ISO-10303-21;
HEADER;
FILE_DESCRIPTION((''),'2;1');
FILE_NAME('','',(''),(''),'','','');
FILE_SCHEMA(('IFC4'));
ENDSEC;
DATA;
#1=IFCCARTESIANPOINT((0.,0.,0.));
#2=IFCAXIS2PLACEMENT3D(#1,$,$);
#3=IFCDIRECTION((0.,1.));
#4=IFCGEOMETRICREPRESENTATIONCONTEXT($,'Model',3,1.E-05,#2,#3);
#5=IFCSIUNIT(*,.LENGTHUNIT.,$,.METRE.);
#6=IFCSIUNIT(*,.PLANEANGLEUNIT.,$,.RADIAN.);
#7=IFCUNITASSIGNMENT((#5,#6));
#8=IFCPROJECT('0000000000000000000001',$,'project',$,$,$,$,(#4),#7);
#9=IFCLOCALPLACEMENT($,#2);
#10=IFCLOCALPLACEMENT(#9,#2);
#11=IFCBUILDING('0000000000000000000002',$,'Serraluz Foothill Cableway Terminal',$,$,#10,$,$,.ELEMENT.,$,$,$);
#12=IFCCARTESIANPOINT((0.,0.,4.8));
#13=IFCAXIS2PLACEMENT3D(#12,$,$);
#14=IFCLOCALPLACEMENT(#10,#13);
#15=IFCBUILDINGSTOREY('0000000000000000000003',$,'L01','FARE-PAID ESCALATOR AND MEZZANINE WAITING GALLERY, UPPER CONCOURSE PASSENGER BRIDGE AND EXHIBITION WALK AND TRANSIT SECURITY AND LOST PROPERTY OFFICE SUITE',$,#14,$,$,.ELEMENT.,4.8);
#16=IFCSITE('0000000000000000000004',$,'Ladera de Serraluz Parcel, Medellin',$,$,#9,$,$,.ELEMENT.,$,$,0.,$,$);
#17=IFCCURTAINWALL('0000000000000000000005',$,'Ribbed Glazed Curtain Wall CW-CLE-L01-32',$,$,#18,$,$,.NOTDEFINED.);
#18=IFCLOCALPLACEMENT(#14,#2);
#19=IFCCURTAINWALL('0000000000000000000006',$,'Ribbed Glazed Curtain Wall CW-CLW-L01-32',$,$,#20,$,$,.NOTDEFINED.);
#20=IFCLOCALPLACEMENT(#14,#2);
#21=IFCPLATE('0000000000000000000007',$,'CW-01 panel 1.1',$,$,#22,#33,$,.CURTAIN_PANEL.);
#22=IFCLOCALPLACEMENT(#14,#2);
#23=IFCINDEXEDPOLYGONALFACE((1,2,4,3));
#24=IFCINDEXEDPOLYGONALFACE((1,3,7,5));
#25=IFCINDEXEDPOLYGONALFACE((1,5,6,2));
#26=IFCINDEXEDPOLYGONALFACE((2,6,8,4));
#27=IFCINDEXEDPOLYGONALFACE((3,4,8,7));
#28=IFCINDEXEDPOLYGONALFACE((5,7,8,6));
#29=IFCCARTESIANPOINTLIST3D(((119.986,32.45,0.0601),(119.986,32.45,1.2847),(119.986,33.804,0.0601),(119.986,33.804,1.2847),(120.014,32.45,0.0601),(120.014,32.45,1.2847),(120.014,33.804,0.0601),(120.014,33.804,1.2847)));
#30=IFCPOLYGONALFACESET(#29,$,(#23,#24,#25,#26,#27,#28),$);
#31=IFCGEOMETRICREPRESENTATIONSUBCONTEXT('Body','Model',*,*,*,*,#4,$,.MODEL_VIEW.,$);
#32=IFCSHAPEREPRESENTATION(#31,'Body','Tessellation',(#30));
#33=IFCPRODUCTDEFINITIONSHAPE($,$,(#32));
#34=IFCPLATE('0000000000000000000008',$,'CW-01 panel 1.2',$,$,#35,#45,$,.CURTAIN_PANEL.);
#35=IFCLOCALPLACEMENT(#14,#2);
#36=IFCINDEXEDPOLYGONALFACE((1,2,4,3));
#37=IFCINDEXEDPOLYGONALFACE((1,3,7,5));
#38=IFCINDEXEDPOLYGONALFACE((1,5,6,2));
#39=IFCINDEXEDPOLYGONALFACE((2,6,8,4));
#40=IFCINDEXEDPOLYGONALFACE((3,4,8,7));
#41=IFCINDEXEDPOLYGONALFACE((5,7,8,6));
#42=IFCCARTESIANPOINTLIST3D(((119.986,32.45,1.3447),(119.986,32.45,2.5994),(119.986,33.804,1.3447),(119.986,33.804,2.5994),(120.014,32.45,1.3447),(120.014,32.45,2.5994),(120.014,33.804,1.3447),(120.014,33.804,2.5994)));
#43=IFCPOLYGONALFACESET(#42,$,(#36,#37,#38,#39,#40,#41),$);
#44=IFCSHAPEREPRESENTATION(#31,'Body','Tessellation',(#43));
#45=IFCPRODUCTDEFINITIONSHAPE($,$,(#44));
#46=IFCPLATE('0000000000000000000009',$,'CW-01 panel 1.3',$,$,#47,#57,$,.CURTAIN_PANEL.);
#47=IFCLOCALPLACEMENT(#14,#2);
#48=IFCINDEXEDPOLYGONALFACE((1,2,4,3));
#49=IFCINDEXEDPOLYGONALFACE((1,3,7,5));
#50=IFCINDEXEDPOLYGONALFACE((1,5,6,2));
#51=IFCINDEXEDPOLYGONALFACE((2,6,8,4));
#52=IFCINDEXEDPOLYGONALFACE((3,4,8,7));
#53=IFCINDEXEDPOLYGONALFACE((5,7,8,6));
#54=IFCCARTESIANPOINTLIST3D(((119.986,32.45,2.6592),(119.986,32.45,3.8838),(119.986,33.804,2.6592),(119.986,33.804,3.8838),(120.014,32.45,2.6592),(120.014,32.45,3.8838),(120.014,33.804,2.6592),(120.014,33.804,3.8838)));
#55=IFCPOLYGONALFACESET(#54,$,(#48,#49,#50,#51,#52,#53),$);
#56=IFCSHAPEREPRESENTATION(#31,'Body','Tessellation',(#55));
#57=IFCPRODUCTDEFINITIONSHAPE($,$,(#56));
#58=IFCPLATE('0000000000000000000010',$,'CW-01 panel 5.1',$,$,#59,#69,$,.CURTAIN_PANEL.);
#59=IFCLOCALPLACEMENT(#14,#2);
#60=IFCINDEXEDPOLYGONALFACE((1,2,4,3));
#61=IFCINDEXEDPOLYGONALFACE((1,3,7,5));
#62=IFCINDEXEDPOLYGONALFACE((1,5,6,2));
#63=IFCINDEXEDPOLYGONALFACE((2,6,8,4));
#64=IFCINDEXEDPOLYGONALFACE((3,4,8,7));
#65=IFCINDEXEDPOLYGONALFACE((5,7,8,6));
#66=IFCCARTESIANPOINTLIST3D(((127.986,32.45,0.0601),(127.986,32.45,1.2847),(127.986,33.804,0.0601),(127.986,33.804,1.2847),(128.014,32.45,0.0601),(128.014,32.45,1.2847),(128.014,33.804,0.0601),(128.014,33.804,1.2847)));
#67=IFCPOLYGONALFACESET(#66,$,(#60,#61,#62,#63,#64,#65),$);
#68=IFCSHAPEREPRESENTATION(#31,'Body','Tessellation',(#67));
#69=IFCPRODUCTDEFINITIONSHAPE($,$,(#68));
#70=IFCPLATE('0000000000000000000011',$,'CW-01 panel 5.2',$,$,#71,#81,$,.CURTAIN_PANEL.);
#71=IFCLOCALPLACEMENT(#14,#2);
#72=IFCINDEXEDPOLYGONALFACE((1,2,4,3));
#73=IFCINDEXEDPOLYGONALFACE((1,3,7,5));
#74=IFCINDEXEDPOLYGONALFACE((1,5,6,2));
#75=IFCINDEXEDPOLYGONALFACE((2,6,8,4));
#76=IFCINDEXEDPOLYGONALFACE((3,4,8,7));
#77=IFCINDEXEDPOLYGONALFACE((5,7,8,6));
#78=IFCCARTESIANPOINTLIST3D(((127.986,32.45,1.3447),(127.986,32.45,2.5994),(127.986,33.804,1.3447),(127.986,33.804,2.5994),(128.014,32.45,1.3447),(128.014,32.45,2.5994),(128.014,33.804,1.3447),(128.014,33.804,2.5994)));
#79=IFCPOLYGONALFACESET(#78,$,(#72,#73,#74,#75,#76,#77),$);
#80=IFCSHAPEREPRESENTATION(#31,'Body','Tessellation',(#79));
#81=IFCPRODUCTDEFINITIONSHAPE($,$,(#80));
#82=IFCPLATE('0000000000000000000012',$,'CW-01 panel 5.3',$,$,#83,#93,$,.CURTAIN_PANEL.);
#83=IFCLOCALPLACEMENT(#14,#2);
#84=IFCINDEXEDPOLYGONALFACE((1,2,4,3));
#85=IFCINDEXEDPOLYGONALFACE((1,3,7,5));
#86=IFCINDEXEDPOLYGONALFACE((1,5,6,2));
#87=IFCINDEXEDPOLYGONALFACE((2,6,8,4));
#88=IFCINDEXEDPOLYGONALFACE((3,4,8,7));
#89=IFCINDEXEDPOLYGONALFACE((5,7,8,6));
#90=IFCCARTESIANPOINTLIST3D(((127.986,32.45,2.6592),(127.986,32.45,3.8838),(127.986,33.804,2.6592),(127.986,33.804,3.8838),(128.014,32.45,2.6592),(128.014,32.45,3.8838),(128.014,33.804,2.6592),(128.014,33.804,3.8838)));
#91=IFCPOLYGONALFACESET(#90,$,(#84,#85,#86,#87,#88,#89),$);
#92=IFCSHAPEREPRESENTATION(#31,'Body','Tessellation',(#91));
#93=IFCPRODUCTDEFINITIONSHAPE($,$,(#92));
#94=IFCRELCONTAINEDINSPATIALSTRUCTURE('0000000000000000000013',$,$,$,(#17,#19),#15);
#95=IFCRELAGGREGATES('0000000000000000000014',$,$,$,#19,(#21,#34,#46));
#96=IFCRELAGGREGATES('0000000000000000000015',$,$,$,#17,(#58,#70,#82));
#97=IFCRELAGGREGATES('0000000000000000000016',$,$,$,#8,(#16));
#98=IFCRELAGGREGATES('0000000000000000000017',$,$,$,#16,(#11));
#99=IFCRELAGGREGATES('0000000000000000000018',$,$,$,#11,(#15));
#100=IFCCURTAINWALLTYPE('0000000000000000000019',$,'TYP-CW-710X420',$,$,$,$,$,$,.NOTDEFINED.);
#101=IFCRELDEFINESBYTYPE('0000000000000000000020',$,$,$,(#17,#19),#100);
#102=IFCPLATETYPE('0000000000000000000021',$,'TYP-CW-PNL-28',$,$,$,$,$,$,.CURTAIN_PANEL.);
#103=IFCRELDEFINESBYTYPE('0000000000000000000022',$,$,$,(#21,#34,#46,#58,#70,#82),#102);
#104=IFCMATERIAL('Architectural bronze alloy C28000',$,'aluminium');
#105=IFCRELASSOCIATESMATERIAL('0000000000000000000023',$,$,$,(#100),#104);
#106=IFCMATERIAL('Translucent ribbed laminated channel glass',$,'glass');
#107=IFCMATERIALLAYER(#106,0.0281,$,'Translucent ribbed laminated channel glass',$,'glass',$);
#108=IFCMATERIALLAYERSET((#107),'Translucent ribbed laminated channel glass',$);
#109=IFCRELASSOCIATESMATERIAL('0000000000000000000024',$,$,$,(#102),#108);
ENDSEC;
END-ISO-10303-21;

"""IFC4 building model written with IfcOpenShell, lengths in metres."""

from ifc_helpers import new_model, si_unit, direction, frame, origin, origin_2d, place, context, subcontext, project, spatial, rectangle, extrude, material, layer, layer_set, type_object, element, aggregate, save


model = new_model("IFC4")

# Units and contexts
model_context = context("Model", 3, precision=1e-05, world=origin(), true_north=direction((0.0, 1.0)))
body_context = subcontext(model_context, "Body", "Model", "MODEL_VIEW")
ifc_project = project(units=[si_unit("LENGTHUNIT", "METRE"), si_unit("PLANEANGLEUNIT", "RADIAN")], contexts=[model_context])

# Site, building, storey
site_placement = place(None, origin())
site = spatial("IfcSite", under=ifc_project, at=site_placement, Name="Ladera de Serraluz Parcel, Medellin", CompositionType="ELEMENT", RefElevation=0.0)
building_placement = place(site_placement, origin())
building = spatial("IfcBuilding", under=site, at=building_placement, Name="Serraluz Foothill Cableway Terminal", CompositionType="ELEMENT")
storey_placement = place(building_placement, frame((0.0, 0.0, 4.8)))
storey = spatial("IfcBuildingStorey", under=building, at=storey_placement, Name="L01", Description="FARE-PAID ESCALATOR AND MEZZANINE WAITING GALLERY, UPPER CONCOURSE PASSENGER BRIDGE AND EXHIBITION WALK AND TRANSIT SECURITY AND LOST PROPERTY OFFICE SUITE", CompositionType="ELEMENT", Elevation=4.8)

# Shared definitions
ifc_material_1 = material(Name="Architectural bronze alloy C28000", Category="aluminium")
curtain_wall_type = type_object("IfcCurtainWallType", Name="TYP-CW-710X420", PredefinedType="NOTDEFINED", material=ifc_material_1)

# Curtain wall
curtain_wall_1_placement = place(storey_placement, origin())
curtain_wall_1 = element("IfcCurtainWall", 1, at=curtain_wall_1_placement, inside=storey, type_object=curtain_wall_type, Name="Ribbed Glazed Curtain Wall CW-CLE-L01-32", PredefinedType="NOTDEFINED")

# Curtain wall
curtain_wall_2_placement = place(storey_placement, origin())
curtain_wall_2 = element("IfcCurtainWall", 2, at=curtain_wall_2_placement, inside=storey, type_object=curtain_wall_type, Name="Ribbed Glazed Curtain Wall CW-CLW-L01-32", PredefinedType="NOTDEFINED")

# Plates
ifc_material_2 = material(Name="Translucent ribbed laminated channel glass", Category="glass")
ifc_layer = layer(ifc_material_2, 0.0281, Name="Translucent ribbed laminated channel glass", Category="glass")
ifc_layer_set = layer_set([ifc_layer], Name="Translucent ribbed laminated channel glass")
plate_type = type_object("IfcPlateType", Name="TYP-CW-PNL-28", PredefinedType="CURTAIN_PANEL", material=ifc_layer_set)
plate_1_placement = place(storey_placement, frame((120.0, 33.127, 0.0601), z_axis=(0.0, 0.0, 1.0), x_axis=(0.0, 1.0, 0.0)))
plate_1 = element("IfcPlate", 3, at=plate_1_placement, type_object=plate_type, Name="CW-01 panel 1.1", PredefinedType="CURTAIN_PANEL", context=body_context, shape_type="SweptSolid", body=[
    extrude(rectangle(XDim=1.354, YDim=0.0281, at=origin_2d()), origin(), (0.0, 0.0, 1.0), 1.2246),
])
plate_2_placement = place(storey_placement, frame((120.0, 33.127, 1.3447), z_axis=(0.0, 0.0, 1.0), x_axis=(0.0, 1.0, 0.0)))
plate_2 = element("IfcPlate", 4, at=plate_2_placement, type_object=plate_type, Name="CW-01 panel 1.2", PredefinedType="CURTAIN_PANEL", context=body_context, shape_type="SweptSolid", body=[
    extrude(rectangle(XDim=1.354, YDim=0.0281, at=origin_2d()), origin(), (0.0, 0.0, 1.0), 1.2546),
])
plate_3_placement = place(storey_placement, frame((120.0, 33.127, 2.6592), z_axis=(0.0, 0.0, 1.0), x_axis=(0.0, 1.0, 0.0)))
plate_3 = element("IfcPlate", 5, at=plate_3_placement, type_object=plate_type, Name="CW-01 panel 1.3", PredefinedType="CURTAIN_PANEL", context=body_context, shape_type="SweptSolid", body=[
    extrude(rectangle(XDim=1.354, YDim=0.0281, at=origin_2d()), origin(), (0.0, 0.0, 1.0), 1.2246),
])
aggregate(curtain_wall_2, [plate_1, plate_2, plate_3])
plate_4_placement = place(storey_placement, frame((128.0, 33.127, 0.0601), z_axis=(0.0, 0.0, 1.0), x_axis=(0.0, -1.0, 0.0)))
plate_4 = element("IfcPlate", 6, at=plate_4_placement, type_object=plate_type, Name="CW-01 panel 5.1", PredefinedType="CURTAIN_PANEL", context=body_context, shape_type="SweptSolid", body=[
    extrude(rectangle(XDim=1.354, YDim=0.0281, at=origin_2d()), origin(), (0.0, 0.0, 1.0), 1.2246),
])
plate_5_placement = place(storey_placement, frame((128.0, 33.127, 1.3447), z_axis=(0.0, 0.0, 1.0), x_axis=(0.0, -1.0, 0.0)))
plate_5 = element("IfcPlate", 7, at=plate_5_placement, type_object=plate_type, Name="CW-01 panel 5.2", PredefinedType="CURTAIN_PANEL", context=body_context, shape_type="SweptSolid", body=[
    extrude(rectangle(XDim=1.354, YDim=0.0281, at=origin_2d()), origin(), (0.0, 0.0, 1.0), 1.2546),
])
plate_6_placement = place(storey_placement, frame((128.0, 33.127, 2.6592), z_axis=(0.0, 0.0, 1.0), x_axis=(0.0, -1.0, 0.0)))
plate_6 = element("IfcPlate", 8, at=plate_6_placement, type_object=plate_type, Name="CW-01 panel 5.3", PredefinedType="CURTAIN_PANEL", context=body_context, shape_type="SweptSolid", body=[
    extrude(rectangle(XDim=1.354, YDim=0.0281, at=origin_2d()), origin(), (0.0, 0.0, 1.0), 1.2246),
])
aggregate(curtain_wall_1, [plate_4, plate_5, plate_6])

save(model, "model.ifc")
